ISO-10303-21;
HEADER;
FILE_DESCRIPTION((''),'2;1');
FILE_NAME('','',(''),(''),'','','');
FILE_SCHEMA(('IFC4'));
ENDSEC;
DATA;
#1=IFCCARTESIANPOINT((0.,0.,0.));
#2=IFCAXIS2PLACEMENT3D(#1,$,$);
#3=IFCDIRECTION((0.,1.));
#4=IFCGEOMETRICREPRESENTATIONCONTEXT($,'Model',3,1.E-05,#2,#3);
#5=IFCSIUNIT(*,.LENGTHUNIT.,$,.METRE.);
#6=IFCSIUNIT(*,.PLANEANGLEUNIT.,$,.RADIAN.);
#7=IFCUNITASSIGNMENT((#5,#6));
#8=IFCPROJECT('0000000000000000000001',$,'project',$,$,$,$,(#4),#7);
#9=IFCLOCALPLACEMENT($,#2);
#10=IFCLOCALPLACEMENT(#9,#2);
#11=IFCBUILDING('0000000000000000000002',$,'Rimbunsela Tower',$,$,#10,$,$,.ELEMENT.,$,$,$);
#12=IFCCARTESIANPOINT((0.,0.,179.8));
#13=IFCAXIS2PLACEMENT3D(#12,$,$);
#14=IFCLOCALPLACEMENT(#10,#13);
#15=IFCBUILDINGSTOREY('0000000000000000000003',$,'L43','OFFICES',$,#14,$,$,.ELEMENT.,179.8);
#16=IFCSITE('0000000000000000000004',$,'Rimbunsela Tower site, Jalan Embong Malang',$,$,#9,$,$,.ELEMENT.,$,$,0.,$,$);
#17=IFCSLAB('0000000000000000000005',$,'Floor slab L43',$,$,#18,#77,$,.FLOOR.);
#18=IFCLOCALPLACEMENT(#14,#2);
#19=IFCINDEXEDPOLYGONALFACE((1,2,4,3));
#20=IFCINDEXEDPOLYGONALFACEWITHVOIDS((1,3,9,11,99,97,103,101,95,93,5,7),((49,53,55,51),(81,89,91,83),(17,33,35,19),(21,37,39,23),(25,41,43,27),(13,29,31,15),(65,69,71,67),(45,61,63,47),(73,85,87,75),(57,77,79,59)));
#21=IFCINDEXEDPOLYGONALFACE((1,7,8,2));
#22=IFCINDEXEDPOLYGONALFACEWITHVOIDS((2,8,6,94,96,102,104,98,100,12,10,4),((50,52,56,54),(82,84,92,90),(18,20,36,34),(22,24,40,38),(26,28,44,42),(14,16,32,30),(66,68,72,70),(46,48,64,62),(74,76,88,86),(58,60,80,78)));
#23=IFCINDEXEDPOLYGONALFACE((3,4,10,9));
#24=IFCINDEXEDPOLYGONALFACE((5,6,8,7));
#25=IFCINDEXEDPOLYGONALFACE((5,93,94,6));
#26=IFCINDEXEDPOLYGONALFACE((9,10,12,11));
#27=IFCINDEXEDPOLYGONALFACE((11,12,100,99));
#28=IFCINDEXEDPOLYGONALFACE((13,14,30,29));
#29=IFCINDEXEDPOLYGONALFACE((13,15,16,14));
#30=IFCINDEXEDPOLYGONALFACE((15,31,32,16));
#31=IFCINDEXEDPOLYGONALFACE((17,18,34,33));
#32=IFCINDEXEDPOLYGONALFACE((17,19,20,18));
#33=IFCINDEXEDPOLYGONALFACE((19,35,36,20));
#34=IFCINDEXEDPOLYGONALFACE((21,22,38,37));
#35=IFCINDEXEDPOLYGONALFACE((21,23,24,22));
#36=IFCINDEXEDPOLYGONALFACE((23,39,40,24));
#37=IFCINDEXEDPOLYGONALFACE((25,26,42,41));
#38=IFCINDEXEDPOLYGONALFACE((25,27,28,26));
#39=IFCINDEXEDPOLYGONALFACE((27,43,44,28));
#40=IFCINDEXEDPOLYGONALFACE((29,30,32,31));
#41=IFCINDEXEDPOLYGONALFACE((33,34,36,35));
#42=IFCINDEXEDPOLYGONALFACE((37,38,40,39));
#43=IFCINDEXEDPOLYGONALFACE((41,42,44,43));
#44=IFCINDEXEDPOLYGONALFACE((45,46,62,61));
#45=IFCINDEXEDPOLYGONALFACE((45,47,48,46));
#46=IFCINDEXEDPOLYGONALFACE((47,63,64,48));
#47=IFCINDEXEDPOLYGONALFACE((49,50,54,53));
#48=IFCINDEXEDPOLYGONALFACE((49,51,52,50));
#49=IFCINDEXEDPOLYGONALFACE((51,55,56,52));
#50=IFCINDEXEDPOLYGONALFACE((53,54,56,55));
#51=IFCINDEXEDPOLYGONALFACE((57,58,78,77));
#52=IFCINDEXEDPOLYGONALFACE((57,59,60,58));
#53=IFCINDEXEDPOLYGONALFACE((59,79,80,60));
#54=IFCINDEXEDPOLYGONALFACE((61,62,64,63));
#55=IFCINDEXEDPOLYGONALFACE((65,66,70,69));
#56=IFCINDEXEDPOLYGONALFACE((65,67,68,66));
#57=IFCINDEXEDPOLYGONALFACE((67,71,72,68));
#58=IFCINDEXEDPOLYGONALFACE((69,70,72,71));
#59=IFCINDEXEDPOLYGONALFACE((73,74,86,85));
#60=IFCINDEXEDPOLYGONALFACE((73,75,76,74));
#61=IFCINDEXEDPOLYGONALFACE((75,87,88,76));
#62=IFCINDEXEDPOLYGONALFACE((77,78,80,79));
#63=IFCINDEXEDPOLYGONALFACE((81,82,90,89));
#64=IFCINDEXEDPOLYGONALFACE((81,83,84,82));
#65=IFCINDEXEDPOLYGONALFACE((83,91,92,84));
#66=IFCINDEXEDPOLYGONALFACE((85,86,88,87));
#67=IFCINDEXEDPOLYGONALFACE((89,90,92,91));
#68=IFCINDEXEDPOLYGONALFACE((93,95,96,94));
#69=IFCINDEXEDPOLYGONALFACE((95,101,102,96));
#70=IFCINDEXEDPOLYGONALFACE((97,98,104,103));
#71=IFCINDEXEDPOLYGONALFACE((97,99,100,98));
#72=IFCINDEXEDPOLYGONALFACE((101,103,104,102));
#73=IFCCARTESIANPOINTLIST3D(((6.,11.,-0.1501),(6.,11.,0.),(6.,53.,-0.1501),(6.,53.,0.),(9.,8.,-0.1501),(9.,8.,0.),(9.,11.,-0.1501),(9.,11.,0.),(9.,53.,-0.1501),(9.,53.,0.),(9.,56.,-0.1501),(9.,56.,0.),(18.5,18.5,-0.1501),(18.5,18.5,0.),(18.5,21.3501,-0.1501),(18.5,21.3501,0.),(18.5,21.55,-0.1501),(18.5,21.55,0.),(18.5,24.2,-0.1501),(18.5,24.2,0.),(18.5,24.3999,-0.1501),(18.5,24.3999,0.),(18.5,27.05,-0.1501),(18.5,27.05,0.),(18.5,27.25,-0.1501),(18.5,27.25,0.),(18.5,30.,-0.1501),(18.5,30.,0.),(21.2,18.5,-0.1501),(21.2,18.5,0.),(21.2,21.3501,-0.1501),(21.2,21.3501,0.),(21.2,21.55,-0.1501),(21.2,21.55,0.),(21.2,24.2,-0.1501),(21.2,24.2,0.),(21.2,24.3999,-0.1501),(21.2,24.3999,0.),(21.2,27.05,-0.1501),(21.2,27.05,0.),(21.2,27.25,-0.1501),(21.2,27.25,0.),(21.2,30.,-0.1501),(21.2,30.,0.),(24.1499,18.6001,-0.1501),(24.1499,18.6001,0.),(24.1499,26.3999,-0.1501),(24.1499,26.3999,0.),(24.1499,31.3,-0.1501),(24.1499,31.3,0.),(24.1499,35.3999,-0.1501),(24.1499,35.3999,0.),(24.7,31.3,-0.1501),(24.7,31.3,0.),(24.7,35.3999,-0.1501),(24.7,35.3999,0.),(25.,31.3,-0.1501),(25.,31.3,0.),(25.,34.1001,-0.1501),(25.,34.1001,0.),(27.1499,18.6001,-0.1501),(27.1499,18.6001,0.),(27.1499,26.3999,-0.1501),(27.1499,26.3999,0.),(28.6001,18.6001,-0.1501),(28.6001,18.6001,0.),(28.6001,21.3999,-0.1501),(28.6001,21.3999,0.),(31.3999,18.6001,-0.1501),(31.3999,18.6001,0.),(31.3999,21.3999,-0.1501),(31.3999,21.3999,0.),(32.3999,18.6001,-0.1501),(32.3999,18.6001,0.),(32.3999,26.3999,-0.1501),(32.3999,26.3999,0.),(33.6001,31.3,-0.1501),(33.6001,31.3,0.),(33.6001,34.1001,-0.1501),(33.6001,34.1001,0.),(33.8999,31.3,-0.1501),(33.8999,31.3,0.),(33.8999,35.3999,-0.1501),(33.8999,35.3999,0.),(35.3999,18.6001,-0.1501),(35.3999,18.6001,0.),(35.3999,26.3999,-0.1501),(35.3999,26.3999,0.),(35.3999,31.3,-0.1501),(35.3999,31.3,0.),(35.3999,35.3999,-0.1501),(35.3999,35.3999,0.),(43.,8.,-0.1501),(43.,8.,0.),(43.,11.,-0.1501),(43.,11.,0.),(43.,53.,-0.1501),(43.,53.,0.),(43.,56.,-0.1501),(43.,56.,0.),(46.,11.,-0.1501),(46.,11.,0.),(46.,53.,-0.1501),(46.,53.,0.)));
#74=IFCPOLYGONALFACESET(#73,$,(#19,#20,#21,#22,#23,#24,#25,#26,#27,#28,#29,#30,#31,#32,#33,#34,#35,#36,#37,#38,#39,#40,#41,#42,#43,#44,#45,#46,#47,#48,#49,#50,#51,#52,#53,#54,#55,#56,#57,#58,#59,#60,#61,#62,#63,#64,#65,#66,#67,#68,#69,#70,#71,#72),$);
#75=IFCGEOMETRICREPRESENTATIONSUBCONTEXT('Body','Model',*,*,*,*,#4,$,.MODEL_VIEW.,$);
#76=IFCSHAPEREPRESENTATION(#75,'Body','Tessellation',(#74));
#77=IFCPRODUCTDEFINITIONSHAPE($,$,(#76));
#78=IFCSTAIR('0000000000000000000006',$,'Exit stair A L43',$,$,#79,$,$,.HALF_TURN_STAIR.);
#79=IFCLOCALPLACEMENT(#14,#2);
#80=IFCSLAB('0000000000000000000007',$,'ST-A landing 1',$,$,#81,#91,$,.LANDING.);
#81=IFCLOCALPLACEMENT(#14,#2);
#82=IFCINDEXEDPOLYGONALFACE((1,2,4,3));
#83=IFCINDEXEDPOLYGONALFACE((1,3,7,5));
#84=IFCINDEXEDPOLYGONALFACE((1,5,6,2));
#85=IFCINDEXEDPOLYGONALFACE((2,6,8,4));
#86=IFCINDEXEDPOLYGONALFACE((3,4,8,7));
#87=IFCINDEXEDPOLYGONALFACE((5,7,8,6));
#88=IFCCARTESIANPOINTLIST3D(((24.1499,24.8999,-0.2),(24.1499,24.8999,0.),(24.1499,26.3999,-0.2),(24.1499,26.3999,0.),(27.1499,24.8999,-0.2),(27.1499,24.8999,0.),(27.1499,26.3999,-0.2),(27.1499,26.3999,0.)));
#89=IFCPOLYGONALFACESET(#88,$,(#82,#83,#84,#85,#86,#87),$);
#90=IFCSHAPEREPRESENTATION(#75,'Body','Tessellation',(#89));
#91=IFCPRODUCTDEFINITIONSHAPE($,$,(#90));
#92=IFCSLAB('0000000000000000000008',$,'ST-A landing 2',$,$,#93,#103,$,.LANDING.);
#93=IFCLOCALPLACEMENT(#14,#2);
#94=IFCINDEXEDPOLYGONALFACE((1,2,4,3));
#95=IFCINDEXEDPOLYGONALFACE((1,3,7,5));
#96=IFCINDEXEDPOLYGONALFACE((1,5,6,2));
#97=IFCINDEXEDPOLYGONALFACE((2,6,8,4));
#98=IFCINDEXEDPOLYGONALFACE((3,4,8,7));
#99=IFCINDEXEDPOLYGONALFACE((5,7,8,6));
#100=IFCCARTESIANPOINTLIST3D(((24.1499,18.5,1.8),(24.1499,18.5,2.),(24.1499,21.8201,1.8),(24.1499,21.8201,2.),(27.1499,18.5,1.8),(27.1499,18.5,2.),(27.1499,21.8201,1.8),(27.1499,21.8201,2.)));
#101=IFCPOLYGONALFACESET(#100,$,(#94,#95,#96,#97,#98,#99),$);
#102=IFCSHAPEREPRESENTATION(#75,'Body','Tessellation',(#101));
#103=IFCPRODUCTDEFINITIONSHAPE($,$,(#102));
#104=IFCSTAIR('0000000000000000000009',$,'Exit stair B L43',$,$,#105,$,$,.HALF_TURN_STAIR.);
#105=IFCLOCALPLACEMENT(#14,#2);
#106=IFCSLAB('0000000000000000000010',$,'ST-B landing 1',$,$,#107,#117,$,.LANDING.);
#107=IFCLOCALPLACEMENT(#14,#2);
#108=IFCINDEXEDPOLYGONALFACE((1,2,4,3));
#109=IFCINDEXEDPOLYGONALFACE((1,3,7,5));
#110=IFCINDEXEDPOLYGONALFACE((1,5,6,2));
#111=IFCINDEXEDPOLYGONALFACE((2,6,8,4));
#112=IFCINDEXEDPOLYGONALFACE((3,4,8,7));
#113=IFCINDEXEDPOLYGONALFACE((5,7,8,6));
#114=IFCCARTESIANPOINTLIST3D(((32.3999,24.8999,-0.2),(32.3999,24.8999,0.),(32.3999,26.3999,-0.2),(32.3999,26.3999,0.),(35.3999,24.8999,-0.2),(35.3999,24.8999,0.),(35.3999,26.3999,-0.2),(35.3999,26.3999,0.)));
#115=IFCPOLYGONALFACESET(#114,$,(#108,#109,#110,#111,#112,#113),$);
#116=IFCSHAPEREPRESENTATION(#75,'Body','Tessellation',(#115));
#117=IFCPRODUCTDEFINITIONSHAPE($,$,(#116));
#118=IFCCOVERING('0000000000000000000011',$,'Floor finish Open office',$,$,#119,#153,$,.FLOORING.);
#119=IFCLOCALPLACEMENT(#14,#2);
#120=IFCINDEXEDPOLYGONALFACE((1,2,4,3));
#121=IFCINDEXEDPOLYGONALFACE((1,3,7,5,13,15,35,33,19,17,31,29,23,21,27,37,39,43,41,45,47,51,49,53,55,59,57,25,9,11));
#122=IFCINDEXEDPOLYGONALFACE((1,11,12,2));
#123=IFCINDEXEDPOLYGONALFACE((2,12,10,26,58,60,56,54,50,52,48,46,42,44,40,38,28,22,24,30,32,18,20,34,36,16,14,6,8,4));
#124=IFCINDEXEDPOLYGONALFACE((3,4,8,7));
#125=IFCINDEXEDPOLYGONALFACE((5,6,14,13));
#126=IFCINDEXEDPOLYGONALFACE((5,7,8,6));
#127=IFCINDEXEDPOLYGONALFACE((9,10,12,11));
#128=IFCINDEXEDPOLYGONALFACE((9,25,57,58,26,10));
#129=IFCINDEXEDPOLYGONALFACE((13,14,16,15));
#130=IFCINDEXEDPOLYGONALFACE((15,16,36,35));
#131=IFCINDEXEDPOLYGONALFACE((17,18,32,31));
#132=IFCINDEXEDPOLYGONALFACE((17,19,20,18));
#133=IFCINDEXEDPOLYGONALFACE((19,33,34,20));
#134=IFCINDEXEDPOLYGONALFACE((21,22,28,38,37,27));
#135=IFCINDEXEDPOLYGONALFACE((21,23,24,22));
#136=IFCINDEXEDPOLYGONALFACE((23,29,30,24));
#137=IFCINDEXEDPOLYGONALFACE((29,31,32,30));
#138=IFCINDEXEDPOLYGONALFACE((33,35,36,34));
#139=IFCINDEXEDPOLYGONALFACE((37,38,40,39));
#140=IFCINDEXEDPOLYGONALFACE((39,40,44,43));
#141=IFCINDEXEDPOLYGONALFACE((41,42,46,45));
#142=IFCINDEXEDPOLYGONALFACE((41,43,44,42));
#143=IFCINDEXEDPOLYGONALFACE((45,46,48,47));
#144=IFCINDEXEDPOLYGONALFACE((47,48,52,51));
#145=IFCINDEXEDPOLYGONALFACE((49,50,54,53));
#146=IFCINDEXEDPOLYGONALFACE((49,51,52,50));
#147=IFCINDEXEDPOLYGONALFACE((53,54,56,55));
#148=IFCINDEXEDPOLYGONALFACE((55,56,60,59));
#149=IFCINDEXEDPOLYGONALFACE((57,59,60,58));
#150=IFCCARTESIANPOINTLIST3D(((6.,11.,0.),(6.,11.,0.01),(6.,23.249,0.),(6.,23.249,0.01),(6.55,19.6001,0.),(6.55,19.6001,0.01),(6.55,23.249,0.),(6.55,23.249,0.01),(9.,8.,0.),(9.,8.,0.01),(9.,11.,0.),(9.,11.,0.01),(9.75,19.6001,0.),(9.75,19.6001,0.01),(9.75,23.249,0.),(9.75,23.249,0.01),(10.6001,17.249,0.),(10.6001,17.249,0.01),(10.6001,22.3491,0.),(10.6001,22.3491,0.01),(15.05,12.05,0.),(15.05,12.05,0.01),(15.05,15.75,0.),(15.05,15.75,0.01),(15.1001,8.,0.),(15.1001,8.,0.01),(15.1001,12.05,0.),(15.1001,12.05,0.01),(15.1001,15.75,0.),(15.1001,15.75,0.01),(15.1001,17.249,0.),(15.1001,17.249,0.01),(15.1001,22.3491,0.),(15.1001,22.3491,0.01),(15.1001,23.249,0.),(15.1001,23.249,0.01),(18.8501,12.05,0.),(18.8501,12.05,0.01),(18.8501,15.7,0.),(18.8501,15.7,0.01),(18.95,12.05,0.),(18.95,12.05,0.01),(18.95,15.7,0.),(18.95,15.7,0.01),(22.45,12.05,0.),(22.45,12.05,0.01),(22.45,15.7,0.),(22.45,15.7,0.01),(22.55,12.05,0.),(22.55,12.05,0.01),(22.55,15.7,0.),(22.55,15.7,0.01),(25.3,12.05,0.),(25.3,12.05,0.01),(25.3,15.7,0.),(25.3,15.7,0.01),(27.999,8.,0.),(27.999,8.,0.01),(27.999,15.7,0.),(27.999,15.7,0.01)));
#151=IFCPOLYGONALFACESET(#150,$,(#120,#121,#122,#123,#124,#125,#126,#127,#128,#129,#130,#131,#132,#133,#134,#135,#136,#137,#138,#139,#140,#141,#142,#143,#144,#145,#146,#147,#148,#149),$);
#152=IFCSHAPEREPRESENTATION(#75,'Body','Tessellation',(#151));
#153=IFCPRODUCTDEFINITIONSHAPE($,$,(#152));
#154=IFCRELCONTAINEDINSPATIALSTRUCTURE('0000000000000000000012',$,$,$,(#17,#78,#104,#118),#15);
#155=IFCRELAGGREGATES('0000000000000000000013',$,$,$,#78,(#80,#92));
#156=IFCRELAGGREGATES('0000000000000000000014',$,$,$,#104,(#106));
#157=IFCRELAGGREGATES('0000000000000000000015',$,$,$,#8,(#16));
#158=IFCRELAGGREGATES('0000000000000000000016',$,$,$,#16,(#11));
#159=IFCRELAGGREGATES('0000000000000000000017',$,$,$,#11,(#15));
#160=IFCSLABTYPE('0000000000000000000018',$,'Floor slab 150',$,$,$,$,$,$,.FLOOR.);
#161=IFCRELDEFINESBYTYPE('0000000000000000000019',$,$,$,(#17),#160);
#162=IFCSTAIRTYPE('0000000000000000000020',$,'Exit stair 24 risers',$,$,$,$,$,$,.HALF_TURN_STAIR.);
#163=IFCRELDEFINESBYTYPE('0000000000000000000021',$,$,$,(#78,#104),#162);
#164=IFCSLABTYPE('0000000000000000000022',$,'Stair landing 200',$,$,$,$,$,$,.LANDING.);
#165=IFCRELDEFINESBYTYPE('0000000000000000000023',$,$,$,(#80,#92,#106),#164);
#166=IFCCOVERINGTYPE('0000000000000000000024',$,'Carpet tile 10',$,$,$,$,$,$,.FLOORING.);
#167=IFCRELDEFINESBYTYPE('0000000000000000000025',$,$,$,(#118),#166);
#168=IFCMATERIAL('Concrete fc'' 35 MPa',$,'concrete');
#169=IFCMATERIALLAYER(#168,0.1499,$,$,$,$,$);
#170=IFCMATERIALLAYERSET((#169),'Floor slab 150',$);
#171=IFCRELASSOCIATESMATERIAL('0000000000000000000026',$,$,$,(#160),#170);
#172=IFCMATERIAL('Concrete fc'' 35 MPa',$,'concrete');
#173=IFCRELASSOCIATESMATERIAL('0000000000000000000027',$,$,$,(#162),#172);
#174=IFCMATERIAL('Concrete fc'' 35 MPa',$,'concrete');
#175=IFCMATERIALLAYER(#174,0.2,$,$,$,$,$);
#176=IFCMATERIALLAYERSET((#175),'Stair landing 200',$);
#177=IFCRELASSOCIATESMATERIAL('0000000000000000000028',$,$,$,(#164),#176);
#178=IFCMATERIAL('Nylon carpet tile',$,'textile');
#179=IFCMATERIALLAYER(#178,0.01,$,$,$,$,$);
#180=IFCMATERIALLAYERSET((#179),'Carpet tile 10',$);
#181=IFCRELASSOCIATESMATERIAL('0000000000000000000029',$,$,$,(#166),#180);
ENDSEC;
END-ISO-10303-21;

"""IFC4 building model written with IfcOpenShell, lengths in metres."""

from ifc_helpers import new_model, si_unit, direction, frame, origin, place, context, subcontext, project, spatial, polyline, outline, extrude, material, layer, layer_set, type_object, element, aggregate, save


model = new_model("IFC4")

# Units and contexts
model_context = context("Model", 3, precision=1e-05, world=origin(), true_north=direction((0.0, 1.0)))
body_context = subcontext(model_context, "Body", "Model", "MODEL_VIEW")
ifc_project = project(units=[si_unit("LENGTHUNIT", "METRE"), si_unit("PLANEANGLEUNIT", "RADIAN")], contexts=[model_context])

# Site, building, storey
site_placement = place(None, origin())
site = spatial("IfcSite", under=ifc_project, at=site_placement, Name="Rimbunsela Tower site, Jalan Embong Malang", CompositionType="ELEMENT", RefElevation=0.0)
building_placement = place(site_placement, origin())
building = spatial("IfcBuilding", under=site, at=building_placement, Name="Rimbunsela Tower", CompositionType="ELEMENT")
storey_placement = place(building_placement, frame((0.0, 0.0, 179.8)))
storey = spatial("IfcBuildingStorey", under=building, at=storey_placement, Name="L43", Description="OFFICES", CompositionType="ELEMENT", Elevation=179.8)

# Slab
ifc_material_1 = material(Name="Concrete fc' 35 MPa", Category="concrete")
ifc_layer_1 = layer(ifc_material_1, 0.1499)
ifc_layer_set_1 = layer_set([ifc_layer_1], Name="Floor slab 150")
slab_type_1 = type_object("IfcSlabType", Name="Floor slab 150", PredefinedType="FLOOR", material=ifc_layer_set_1)
slab_1_placement = place(storey_placement, frame((0.0, 0.0, -0.1501)))
element("IfcSlab", 1, at=slab_1_placement, inside=storey, type_object=slab_type_1, Name="Floor slab L43", PredefinedType="FLOOR", context=body_context, shape_type="SweptSolid", body=[
    extrude(outline(polyline([(9.0, 8.0), (43.0, 8.0), (43.0, 11.0), (46.0, 11.0), (46.0, 53.0), (43.0, 53.0), (43.0, 56.0), (9.0, 56.0), (9.0, 53.0), (6.0, 53.0), (6.0, 11.0), (9.0, 11.0), (9.0, 8.0)]), holes=[polyline([(21.2, 21.3501), (18.5, 21.3501), (18.5, 18.5), (21.2, 18.5), (21.2, 21.3501)]), polyline([(21.2, 21.55), (21.2, 24.2), (18.5, 24.2), (18.5, 21.55), (21.2, 21.55)]), polyline([(21.2, 27.05), (18.5, 27.05), (18.5, 24.3999), (21.2, 24.3999), (21.2, 27.05)]), polyline([(21.2, 27.25), (21.2, 30.0), (18.5, 30.0), (18.5, 27.25), (21.2, 27.25)]), polyline([(27.1499, 18.6001), (27.1499, 26.3999), (24.1499, 26.3999), (24.1499, 18.6001), (27.1499, 18.6001)]), polyline([(24.7, 31.3), (24.7, 35.3999), (24.1499, 35.3999), (24.1499, 31.3), (24.7, 31.3)]), polyline([(25.0, 34.1001), (25.0, 31.3), (33.6001, 31.3), (33.6001, 34.1001), (25.0, 34.1001)]), polyline([(31.3999, 21.3999), (28.6001, 21.3999), (28.6001, 18.6001), (31.3999, 18.6001), (31.3999, 21.3999)]), polyline([(35.3999, 18.6001), (35.3999, 26.3999), (32.3999, 26.3999), (32.3999, 18.6001), (35.3999, 18.6001)]), polyline([(35.3999, 31.3), (35.3999, 35.3999), (33.8999, 35.3999), (33.8999, 31.3), (35.3999, 31.3)])]), origin(), (0.0, 0.0, 1.0), 0.1501),
])

# Stair, slabs
ifc_material_2 = material(Name="Concrete fc' 35 MPa", Category="concrete")
stair_type = type_object("IfcStairType", Name="Exit stair 24 risers", PredefinedType="HALF_TURN_STAIR", material=ifc_material_2)
stair_1_placement = place(storey_placement, origin())
stair_1 = element("IfcStair", 2, at=stair_1_placement, inside=storey, type_object=stair_type, Name="Exit stair A L43", PredefinedType="HALF_TURN_STAIR")
ifc_material_3 = material(Name="Concrete fc' 35 MPa", Category="concrete")
ifc_layer_2 = layer(ifc_material_3, 0.2)
ifc_layer_set_2 = layer_set([ifc_layer_2], Name="Stair landing 200")
slab_type_2 = type_object("IfcSlabType", Name="Stair landing 200", PredefinedType="LANDING", material=ifc_layer_set_2)
slab_2_placement = place(storey_placement, frame((0.0, 0.0, -0.2)))
slab_2 = element("IfcSlab", 3, at=slab_2_placement, type_object=slab_type_2, Name="ST-A landing 1", PredefinedType="LANDING", context=body_context, shape_type="SweptSolid", body=[
    extrude(outline(polyline([(24.1499, 24.8999), (27.1499, 24.8999), (27.1499, 26.3999), (24.1499, 26.3999), (24.1499, 24.8999)])), origin(), (0.0, 0.0, 1.0), 0.2),
])
slab_3_placement = place(storey_placement, frame((0.0, 0.0, 1.8)))
slab_3 = element("IfcSlab", 4, at=slab_3_placement, type_object=slab_type_2, Name="ST-A landing 2", PredefinedType="LANDING", context=body_context, shape_type="SweptSolid", body=[
    extrude(outline(polyline([(24.1499, 18.5), (27.1499, 18.5), (27.1499, 21.8201), (24.1499, 21.8201), (24.1499, 18.5)])), origin(), (0.0, 0.0, 1.0), 0.2),
])
aggregate(stair_1, [slab_2, slab_3])

# Stair, slab
stair_2_placement = place(storey_placement, origin())
stair_2 = element("IfcStair", 5, at=stair_2_placement, inside=storey, type_object=stair_type, Name="Exit stair B L43", PredefinedType="HALF_TURN_STAIR")
slab_4_placement = place(storey_placement, frame((0.0, 0.0, -0.2)))
slab_4 = element("IfcSlab", 6, at=slab_4_placement, type_object=slab_type_2, Name="ST-B landing 1", PredefinedType="LANDING", context=body_context, shape_type="SweptSolid", body=[
    extrude(outline(polyline([(32.3999, 24.8999), (35.3999, 24.8999), (35.3999, 26.3999), (32.3999, 26.3999), (32.3999, 24.8999)])), origin(), (0.0, 0.0, 1.0), 0.2),
])
aggregate(stair_2, [slab_4])

# Covering
ifc_material_4 = material(Name="Nylon carpet tile", Category="textile")
ifc_layer_3 = layer(ifc_material_4, 0.01)
ifc_layer_set_3 = layer_set([ifc_layer_3], Name="Carpet tile 10")
covering_type_1 = type_object("IfcCoveringType", Name="Carpet tile 10", PredefinedType="FLOORING", material=ifc_layer_set_3)
covering_1_placement = place(storey_placement, origin())
element("IfcCovering", 7, at=covering_1_placement, inside=storey, type_object=covering_type_1, Name="Floor finish Open office", PredefinedType="FLOORING", context=body_context, shape_type="SweptSolid", body=[
    extrude(outline(polyline([(18.8501, 15.7), (18.95, 15.7), (18.95, 12.05), (22.45, 12.05), (22.45, 15.7), (22.55, 15.7), (22.55, 12.05), (25.3, 12.05), (25.3, 15.7), (27.999, 15.7), (27.999, 8.0), (15.1001, 8.0), (9.0, 8.0), (9.0, 11.0), (6.0, 11.0), (6.0, 23.249), (6.55, 23.249), (6.55, 19.6001), (9.75, 19.6001), (9.75, 23.249), (15.1001, 23.249), (15.1001, 22.3491), (10.6001, 22.3491), (10.6001, 17.249), (15.1001, 17.249), (15.1001, 15.75), (15.05, 15.75), (15.05, 12.05), (15.1001, 12.05), (18.8501, 12.05), (18.8501, 15.7)])), origin(), (0.0, 0.0, 1.0), 0.01),
])

save(model, "model.ifc")
